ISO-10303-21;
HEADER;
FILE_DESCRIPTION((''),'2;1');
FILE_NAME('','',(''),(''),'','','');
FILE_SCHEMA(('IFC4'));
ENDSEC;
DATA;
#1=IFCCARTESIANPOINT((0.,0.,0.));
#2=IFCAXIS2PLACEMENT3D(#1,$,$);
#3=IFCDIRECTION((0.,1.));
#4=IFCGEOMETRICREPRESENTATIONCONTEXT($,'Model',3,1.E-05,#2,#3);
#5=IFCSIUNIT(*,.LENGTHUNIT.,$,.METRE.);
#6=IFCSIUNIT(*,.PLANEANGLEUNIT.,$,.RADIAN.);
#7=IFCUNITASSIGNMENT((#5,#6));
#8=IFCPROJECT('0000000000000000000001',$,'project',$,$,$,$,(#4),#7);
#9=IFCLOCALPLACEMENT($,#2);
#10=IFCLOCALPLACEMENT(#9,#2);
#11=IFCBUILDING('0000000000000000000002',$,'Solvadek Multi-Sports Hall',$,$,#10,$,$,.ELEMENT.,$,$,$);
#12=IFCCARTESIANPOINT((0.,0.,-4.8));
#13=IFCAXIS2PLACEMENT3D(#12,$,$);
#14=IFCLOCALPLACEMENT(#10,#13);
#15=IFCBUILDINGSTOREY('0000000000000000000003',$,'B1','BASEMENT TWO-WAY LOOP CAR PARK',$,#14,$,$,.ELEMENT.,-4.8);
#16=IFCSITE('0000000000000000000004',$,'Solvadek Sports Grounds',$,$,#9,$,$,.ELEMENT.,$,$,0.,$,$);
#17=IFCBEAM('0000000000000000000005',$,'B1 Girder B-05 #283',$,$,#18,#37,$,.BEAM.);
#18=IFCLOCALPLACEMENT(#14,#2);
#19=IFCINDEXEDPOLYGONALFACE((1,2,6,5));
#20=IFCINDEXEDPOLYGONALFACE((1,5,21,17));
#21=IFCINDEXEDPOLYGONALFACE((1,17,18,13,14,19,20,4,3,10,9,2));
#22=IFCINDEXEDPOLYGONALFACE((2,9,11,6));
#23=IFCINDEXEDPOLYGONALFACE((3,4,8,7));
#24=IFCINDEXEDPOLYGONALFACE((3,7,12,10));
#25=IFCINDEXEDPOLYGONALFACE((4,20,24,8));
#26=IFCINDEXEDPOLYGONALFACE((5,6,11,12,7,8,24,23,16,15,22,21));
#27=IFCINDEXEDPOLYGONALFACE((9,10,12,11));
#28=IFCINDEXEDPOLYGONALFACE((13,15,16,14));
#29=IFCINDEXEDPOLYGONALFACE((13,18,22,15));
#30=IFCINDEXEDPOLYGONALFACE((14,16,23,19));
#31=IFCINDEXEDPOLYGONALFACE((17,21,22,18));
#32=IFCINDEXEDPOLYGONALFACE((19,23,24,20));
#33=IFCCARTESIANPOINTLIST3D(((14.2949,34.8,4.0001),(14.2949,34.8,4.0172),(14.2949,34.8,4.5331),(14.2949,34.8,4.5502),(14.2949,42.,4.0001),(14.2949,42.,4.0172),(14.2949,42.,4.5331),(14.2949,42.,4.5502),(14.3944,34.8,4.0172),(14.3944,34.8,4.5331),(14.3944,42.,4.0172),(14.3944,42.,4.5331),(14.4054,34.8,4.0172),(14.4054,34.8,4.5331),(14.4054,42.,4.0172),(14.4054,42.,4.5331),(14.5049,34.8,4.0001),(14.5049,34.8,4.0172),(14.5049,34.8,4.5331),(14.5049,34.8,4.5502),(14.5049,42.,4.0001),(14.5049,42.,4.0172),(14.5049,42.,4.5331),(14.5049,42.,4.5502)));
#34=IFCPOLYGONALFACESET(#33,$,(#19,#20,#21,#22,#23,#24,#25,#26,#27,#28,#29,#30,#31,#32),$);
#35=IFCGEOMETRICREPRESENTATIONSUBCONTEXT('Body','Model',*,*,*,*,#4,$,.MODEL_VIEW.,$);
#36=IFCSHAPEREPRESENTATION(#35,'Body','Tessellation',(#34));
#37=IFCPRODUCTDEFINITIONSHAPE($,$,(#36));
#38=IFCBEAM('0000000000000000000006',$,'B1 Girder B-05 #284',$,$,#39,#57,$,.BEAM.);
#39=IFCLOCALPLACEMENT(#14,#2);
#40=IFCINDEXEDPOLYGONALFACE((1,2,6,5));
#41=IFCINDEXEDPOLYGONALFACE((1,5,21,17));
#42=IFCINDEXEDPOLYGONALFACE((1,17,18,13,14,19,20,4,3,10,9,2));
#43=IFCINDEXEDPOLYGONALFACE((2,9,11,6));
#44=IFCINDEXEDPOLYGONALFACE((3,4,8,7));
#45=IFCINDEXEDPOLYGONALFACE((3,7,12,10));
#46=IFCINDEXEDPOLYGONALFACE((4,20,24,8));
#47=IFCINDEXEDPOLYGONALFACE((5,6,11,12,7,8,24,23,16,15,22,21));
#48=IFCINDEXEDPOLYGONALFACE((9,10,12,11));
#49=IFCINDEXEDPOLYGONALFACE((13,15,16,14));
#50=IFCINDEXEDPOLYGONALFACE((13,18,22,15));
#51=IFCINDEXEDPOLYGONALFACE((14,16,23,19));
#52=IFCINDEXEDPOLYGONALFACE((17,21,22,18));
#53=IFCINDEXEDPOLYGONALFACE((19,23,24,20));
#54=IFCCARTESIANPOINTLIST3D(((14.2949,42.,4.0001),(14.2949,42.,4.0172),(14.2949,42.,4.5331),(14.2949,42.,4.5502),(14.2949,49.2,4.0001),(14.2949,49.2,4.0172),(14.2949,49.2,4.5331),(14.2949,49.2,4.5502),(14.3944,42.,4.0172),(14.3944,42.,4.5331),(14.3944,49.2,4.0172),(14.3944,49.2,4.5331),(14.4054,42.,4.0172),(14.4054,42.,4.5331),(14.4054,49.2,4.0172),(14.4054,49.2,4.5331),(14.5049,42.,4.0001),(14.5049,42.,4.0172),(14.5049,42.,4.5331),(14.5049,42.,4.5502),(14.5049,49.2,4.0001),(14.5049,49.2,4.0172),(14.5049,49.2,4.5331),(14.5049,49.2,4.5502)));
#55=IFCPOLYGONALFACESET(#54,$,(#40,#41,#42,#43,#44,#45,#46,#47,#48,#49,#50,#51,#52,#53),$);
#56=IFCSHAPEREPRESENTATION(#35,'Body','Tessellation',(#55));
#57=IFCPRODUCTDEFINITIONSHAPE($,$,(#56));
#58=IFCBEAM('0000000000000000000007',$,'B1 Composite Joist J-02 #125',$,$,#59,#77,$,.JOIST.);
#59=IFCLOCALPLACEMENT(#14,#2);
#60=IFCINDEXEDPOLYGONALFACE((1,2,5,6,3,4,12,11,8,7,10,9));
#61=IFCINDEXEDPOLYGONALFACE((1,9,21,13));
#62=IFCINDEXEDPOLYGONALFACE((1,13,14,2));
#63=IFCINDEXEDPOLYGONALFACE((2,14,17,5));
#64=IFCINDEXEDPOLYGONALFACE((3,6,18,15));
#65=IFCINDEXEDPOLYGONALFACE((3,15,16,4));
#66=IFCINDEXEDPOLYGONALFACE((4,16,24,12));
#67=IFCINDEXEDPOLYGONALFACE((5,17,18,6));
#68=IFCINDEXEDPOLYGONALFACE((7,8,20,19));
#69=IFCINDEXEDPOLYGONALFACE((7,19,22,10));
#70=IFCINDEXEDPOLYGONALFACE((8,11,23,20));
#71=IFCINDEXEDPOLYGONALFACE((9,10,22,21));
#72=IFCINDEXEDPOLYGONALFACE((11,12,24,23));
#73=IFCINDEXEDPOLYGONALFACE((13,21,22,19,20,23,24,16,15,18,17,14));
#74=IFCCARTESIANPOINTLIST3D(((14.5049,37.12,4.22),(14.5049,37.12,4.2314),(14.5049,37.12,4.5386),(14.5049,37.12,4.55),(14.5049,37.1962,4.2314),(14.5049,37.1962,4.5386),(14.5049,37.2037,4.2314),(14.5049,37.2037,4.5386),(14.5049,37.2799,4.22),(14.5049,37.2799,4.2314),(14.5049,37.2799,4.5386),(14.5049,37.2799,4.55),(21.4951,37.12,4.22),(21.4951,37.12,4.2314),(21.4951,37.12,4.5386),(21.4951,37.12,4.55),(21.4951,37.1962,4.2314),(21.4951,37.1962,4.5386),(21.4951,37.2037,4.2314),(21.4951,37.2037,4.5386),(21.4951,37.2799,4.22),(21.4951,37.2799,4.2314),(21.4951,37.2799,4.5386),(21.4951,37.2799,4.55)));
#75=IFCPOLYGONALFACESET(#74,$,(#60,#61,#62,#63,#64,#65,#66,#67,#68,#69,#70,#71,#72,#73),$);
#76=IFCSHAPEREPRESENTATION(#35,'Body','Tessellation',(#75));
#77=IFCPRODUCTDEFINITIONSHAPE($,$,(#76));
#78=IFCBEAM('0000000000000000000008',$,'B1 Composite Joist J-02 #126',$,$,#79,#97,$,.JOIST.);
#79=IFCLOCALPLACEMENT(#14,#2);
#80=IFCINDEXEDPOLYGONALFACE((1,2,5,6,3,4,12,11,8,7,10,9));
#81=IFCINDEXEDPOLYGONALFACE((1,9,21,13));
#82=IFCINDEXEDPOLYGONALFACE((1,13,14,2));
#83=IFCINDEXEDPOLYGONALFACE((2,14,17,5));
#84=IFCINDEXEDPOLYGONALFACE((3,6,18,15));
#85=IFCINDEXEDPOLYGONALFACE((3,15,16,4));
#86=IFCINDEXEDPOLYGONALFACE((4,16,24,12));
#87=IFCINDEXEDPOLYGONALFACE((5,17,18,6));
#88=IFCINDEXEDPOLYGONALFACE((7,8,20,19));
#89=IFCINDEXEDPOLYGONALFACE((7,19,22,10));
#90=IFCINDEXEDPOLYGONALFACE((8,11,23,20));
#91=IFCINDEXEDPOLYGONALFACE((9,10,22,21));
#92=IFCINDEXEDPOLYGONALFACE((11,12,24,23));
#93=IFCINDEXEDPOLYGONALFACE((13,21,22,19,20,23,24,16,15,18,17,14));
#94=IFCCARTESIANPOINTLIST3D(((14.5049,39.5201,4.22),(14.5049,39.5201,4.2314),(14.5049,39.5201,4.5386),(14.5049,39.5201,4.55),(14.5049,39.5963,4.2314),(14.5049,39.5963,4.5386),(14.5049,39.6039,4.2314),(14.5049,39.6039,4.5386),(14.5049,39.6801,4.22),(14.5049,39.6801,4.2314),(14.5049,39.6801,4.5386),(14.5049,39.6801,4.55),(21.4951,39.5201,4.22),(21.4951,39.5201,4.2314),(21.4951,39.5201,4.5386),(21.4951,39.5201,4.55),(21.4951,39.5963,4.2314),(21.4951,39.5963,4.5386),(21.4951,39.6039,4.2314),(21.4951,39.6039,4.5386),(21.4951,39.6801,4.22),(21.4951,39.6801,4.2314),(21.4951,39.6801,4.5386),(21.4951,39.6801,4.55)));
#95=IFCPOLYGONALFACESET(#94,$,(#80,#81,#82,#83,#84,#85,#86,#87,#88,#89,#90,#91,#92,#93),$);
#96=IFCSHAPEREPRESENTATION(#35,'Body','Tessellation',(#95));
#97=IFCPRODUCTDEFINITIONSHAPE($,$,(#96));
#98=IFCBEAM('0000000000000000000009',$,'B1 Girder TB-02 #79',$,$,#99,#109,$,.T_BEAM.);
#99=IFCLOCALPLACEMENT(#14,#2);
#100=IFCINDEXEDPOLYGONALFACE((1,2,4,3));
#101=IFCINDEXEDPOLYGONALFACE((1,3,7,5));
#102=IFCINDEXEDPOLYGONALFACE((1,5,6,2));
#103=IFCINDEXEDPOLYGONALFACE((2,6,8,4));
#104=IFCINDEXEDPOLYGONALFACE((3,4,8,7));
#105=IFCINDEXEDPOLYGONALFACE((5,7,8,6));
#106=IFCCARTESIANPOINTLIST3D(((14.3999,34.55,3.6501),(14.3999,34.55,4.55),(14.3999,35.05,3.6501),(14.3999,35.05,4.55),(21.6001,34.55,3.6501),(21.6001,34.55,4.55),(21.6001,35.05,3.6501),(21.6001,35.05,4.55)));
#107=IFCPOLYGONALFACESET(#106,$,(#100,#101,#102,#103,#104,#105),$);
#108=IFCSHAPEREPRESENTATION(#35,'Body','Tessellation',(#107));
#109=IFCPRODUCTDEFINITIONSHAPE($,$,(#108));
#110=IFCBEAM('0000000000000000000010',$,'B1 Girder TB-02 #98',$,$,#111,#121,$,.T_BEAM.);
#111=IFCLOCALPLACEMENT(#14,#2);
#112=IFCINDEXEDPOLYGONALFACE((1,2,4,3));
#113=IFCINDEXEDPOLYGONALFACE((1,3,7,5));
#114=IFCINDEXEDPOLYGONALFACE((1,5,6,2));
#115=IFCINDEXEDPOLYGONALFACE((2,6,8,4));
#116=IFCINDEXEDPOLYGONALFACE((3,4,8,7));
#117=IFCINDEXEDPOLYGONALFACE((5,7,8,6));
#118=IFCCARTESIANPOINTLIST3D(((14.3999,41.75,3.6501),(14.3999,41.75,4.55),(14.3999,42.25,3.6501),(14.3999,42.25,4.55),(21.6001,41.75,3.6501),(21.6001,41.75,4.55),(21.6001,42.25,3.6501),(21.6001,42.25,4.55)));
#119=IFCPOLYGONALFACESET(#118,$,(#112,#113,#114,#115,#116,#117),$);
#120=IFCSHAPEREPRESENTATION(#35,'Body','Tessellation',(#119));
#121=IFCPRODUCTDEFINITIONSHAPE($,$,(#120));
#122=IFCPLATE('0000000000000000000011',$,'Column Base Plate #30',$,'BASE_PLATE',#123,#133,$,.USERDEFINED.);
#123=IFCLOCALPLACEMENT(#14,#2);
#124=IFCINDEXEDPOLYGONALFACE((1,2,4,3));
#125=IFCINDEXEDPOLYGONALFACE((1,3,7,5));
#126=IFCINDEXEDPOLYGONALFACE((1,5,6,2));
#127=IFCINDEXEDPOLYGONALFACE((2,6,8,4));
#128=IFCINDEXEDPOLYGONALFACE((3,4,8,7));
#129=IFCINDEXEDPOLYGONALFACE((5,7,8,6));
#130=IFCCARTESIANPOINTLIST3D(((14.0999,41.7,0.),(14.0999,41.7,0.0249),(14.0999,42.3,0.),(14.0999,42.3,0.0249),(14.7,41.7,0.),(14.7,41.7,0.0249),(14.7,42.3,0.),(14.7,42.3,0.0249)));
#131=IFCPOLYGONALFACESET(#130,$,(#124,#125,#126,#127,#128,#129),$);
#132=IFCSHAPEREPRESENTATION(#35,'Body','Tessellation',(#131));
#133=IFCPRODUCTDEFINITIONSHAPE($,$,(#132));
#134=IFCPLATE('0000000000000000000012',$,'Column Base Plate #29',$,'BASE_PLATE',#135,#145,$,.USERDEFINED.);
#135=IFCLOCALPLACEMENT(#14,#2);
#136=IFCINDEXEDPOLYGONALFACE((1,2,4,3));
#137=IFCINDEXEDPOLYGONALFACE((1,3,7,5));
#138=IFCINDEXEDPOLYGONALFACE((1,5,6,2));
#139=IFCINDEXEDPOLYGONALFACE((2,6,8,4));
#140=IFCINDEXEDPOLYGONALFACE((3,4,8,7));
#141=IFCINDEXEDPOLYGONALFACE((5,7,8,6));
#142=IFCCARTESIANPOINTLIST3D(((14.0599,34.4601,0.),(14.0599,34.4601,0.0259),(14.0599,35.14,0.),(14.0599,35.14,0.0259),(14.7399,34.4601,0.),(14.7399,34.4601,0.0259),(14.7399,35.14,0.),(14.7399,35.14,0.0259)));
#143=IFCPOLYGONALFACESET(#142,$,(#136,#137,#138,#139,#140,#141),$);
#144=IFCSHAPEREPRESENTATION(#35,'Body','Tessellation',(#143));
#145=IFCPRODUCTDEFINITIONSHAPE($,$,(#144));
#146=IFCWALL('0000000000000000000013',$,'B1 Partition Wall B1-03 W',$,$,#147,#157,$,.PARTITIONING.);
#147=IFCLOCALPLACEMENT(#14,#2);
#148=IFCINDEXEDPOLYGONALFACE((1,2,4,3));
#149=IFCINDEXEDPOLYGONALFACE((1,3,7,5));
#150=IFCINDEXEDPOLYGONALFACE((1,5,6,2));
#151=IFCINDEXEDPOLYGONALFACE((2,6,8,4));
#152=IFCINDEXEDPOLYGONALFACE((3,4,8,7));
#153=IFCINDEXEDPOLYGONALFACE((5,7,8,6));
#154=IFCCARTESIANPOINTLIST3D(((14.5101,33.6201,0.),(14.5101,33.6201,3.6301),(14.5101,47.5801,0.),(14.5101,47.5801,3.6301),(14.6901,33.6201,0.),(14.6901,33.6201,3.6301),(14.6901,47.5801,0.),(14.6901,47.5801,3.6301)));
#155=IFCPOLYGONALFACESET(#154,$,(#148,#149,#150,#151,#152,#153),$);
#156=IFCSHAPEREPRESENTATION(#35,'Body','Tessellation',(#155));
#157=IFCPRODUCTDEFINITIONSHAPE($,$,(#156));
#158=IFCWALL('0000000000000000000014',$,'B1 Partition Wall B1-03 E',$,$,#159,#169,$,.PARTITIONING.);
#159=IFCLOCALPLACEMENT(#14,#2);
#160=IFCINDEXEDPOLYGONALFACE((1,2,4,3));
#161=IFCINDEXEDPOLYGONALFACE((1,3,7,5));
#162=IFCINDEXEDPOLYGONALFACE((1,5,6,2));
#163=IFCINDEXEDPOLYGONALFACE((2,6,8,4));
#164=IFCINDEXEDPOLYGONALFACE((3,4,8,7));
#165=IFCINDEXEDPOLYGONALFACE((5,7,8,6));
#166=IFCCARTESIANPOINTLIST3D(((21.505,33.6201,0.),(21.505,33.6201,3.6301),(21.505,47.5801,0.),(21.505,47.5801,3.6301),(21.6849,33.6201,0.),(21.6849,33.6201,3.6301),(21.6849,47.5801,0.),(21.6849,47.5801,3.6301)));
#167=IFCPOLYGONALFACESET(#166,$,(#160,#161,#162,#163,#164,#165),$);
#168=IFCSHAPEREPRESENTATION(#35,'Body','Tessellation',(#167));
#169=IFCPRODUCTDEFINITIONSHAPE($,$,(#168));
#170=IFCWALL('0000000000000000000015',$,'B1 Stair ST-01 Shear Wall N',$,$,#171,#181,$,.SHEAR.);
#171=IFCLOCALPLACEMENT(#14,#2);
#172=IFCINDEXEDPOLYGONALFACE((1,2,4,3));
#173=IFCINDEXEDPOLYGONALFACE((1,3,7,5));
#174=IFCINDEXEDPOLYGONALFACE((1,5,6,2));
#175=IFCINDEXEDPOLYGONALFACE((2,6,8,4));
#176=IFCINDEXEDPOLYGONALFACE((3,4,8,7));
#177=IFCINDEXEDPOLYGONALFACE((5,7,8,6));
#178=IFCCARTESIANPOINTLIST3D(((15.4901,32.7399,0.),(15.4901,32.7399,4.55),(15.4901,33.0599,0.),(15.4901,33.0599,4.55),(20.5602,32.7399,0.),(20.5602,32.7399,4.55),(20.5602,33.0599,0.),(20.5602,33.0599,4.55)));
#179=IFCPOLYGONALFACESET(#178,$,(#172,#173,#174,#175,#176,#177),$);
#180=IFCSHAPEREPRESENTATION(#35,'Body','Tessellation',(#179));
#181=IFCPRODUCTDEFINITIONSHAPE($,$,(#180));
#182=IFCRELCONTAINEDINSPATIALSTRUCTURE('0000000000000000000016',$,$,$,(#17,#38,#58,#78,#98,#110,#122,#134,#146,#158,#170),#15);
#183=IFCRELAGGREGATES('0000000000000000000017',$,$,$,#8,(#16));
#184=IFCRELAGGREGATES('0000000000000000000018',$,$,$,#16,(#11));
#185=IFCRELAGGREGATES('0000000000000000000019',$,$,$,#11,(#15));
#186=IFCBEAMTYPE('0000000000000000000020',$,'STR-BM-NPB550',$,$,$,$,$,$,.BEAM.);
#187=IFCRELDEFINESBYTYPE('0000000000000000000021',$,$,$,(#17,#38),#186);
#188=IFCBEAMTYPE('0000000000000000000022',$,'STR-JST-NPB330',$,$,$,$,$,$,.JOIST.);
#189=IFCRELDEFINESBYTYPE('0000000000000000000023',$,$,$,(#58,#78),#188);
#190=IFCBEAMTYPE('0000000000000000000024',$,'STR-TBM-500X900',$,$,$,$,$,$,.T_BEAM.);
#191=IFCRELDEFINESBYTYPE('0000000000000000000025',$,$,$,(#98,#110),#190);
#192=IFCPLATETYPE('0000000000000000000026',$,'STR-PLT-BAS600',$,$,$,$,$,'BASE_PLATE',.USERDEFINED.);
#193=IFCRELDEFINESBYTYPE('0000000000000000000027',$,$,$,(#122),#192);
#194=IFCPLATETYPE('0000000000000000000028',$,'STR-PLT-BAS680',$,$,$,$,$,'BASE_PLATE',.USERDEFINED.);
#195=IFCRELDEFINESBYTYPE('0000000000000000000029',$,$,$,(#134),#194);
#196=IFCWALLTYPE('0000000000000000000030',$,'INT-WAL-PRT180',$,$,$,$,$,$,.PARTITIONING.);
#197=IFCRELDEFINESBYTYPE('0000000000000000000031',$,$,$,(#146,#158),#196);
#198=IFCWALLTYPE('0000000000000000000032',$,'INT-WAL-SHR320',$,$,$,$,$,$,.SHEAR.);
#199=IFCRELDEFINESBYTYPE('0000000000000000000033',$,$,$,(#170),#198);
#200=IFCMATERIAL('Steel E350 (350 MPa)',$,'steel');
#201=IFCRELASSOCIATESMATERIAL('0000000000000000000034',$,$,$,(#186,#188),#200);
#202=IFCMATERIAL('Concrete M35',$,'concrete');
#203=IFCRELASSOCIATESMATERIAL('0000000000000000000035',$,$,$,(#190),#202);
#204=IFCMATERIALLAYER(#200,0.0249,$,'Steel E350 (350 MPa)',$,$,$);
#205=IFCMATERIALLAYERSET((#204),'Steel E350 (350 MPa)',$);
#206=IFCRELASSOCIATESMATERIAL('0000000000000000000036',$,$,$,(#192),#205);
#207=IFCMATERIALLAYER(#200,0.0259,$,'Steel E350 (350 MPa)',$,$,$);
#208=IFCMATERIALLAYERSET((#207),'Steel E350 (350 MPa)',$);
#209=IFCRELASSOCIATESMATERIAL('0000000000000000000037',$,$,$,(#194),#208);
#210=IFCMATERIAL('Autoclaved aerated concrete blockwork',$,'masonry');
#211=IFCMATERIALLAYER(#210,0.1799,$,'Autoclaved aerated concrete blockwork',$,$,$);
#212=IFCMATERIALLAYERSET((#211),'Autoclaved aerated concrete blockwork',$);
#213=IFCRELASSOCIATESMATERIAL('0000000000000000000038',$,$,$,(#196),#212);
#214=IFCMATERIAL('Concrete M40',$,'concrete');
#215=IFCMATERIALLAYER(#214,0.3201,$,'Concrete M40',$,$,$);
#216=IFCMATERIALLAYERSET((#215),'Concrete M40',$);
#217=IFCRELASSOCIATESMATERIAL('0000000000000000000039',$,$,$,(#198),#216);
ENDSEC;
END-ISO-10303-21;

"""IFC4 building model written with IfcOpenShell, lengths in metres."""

from ifc_helpers import new_model, si_unit, direction, frame, frame_2d, origin, origin_2d, place, context, subcontext, project, spatial, rectangle, i_section, extrude, material, layer, layer_set, material_profile, profile_set, type_object, element, save


model = new_model("IFC4")

# Units and contexts
model_context = context("Model", 3, precision=1e-05, world=origin(), true_north=direction((0.0, 1.0)))
body_context = subcontext(model_context, "Body", "Model", "MODEL_VIEW")
ifc_project = project(units=[si_unit("LENGTHUNIT", "METRE"), si_unit("PLANEANGLEUNIT", "RADIAN")], contexts=[model_context])

# Site, building, storey
site_placement = place(None, origin())
site = spatial("IfcSite", under=ifc_project, at=site_placement, Name="Solvadek Sports Grounds", CompositionType="ELEMENT", RefElevation=0.0)
building_placement = place(site_placement, origin())
building = spatial("IfcBuilding", under=site, at=building_placement, Name="Solvadek Multi-Sports Hall", CompositionType="ELEMENT")
storey_placement = place(building_placement, frame((0.0, 0.0, -4.8)))
storey = spatial("IfcBuildingStorey", under=building, at=storey_placement, Name="B1", Description="BASEMENT TWO-WAY LOOP CAR PARK", CompositionType="ELEMENT", Elevation=-4.8)

# Shared definitions
ifc_material_1 = material(Name="Concrete M40", Category="concrete")

# Shared definitions
ifc_material_2 = material(Name="Concrete M35", Category="concrete")

# Shared definitions
ifc_material_3 = material(Name="Steel E350 (350 MPa)", Category="steel")

# Beams
ifc_material_profile_1 = material_profile(ifc_material_3, i_section(OverallWidth=0.21, OverallDepth=0.55, WebThickness=0.011, FlangeThickness=0.0171, at=origin_2d()), Name="NPB 550")
ifc_profile_set_1 = profile_set([ifc_material_profile_1], Name="Steel E350 (350 MPa)")
beam_type_1 = type_object("IfcBeamType", Name="STR-BM-NPB550", PredefinedType="BEAM", material=ifc_profile_set_1)
for number, where, z_axis, x_axis, name in (
    (1, (14.3999, 34.8, 4.2751), (0.0, 1.0, 0.0), (-1.0, 0.0, 0.0), "B1 Girder B-05 #283"),
    (2, (14.3999, 42.0, 4.2751), (0.0, 1.0, 0.0), (-1.0, 0.0, 0.0), "B1 Girder B-05 #284"),
):
    element("IfcBeam", number, at=place(storey_placement, frame(where, z_axis=z_axis, x_axis=x_axis)), inside=storey, type_object=beam_type_1, Name=name, PredefinedType="BEAM", context=body_context, shape_type="SweptSolid", body=[
        extrude(i_section(OverallWidth=0.21, OverallDepth=0.55, WebThickness=0.011, FlangeThickness=0.0171, at=origin_2d()), origin(), (0.0, 0.0, 1.0), 7.2),
    ])
ifc_material_profile_2 = material_profile(ifc_material_3, i_section(OverallWidth=0.1599, OverallDepth=0.3301, WebThickness=0.0076, FlangeThickness=0.0115, at=origin_2d()), Name="NPB 330")
ifc_profile_set_2 = profile_set([ifc_material_profile_2], Name="Steel E350 (350 MPa)")
beam_type_2 = type_object("IfcBeamType", Name="STR-JST-NPB330", PredefinedType="JOIST", material=ifc_profile_set_2)
for number, where, z_axis, x_axis, name in (
    (3, (14.5049, 37.2, 4.385), (1.0, 0.0, 0.0), (0.0, 1.0, 0.0), "B1 Composite Joist J-02 #125"),
    (4, (14.5049, 39.6001, 4.385), (1.0, 0.0, 0.0), (0.0, 1.0, 0.0), "B1 Composite Joist J-02 #126"),
):
    element("IfcBeam", number, at=place(storey_placement, frame(where, z_axis=z_axis, x_axis=x_axis)), inside=storey, type_object=beam_type_2, Name=name, PredefinedType="JOIST", context=body_context, shape_type="SweptSolid", body=[
        extrude(i_section(OverallWidth=0.1599, OverallDepth=0.3301, WebThickness=0.0076, FlangeThickness=0.0115, at=origin_2d()), origin(), (0.0, 0.0, 1.0), 6.9902),
    ])
ifc_material_profile_3 = material_profile(ifc_material_2, rectangle(XDim=0.5, YDim=0.8999, at=origin_2d()), Name="RC T-BEAM 500x900")
ifc_profile_set_3 = profile_set([ifc_material_profile_3], Name="Concrete M35")
beam_type_3 = type_object("IfcBeamType", Name="STR-TBM-500X900", PredefinedType="T_BEAM", material=ifc_profile_set_3)
for number, where, z_axis, x_axis, name in (
    (5, (14.3999, 34.8, 4.1001), (1.0, 0.0, 0.0), (0.0, 1.0, 0.0), "B1 Girder TB-02 #79"),
    (6, (14.3999, 42.0, 4.1001), (1.0, 0.0, 0.0), (0.0, 1.0, 0.0), "B1 Girder TB-02 #98"),
):
    element("IfcBeam", number, at=place(storey_placement, frame(where, z_axis=z_axis, x_axis=x_axis)), inside=storey, type_object=beam_type_3, Name=name, PredefinedType="T_BEAM", context=body_context, shape_type="SweptSolid", body=[
        extrude(rectangle(XDim=0.5, YDim=0.8999, at=origin_2d()), origin(), (0.0, 0.0, 1.0), 7.2002),
    ])

# Plates
ifc_layer_1 = layer(ifc_material_3, 0.0249, Name="Steel E350 (350 MPa)")
ifc_layer_set_1 = layer_set([ifc_layer_1], Name="Steel E350 (350 MPa)")
plate_type_1 = type_object("IfcPlateType", Name="STR-PLT-BAS600", ElementType="BASE_PLATE", PredefinedType="USERDEFINED", material=ifc_layer_set_1)
plate_1_placement = place(storey_placement, frame((14.3999, 42.0, 0.0), z_axis=(0.0, 0.0, 1.0), x_axis=(1.0, 0.0, 0.0)))
element("IfcPlate", 7, at=plate_1_placement, inside=storey, type_object=plate_type_1, Name="Column Base Plate #30", ObjectType="BASE_PLATE", PredefinedType="USERDEFINED", context=body_context, shape_type="SweptSolid", body=[
    extrude(rectangle(XDim=0.6001, YDim=0.6001, at=origin_2d()), origin(), (0.0, 0.0, 1.0), 0.0249),
])
ifc_layer_2 = layer(ifc_material_3, 0.0259, Name="Steel E350 (350 MPa)")
ifc_layer_set_2 = layer_set([ifc_layer_2], Name="Steel E350 (350 MPa)")
plate_type_2 = type_object("IfcPlateType", Name="STR-PLT-BAS680", ElementType="BASE_PLATE", PredefinedType="USERDEFINED", material=ifc_layer_set_2)
plate_2_placement = place(storey_placement, frame((14.3999, 34.8, 0.0), z_axis=(0.0, 0.0, 1.0), x_axis=(1.0, 0.0, 0.0)))
element("IfcPlate", 8, at=plate_2_placement, inside=storey, type_object=plate_type_2, Name="Column Base Plate #29", ObjectType="BASE_PLATE", PredefinedType="USERDEFINED", context=body_context, shape_type="SweptSolid", body=[
    extrude(rectangle(XDim=0.6799, YDim=0.6799, at=origin_2d()), origin(), (0.0, 0.0, 1.0), 0.0259),
])

# Walls
ifc_material_4 = material(Name="Autoclaved aerated concrete blockwork", Category="masonry")
ifc_layer_3 = layer(ifc_material_4, 0.1799, Name="Autoclaved aerated concrete blockwork")
ifc_layer_set_3 = layer_set([ifc_layer_3], Name="Autoclaved aerated concrete blockwork")
wall_type_1 = type_object("IfcWallType", Name="INT-WAL-PRT180", PredefinedType="PARTITIONING", material=ifc_layer_set_3)
for number, where, z_axis, x_axis, name in (
    (9, (14.6001, 33.6201, 0.0), (0.0, 0.0, 1.0), (0.0, 1.0, 0.0), "B1 Partition Wall B1-03 W"),
    (10, (21.595, 33.6201, 0.0), (0.0, 0.0, 1.0), (0.0, 1.0, 0.0), "B1 Partition Wall B1-03 E"),
):
    element("IfcWall", number, at=place(storey_placement, frame(where, z_axis=z_axis, x_axis=x_axis)), inside=storey, type_object=wall_type_1, Name=name, PredefinedType="PARTITIONING", context=body_context, shape_type="SweptSolid", body=[
        extrude(rectangle(XDim=13.96, YDim=0.1799, at=frame_2d((6.98, 0.0))), origin(), (0.0, 0.0, 1.0), 3.6301),
    ])
ifc_layer_4 = layer(ifc_material_1, 0.3201, Name="Concrete M40")
ifc_layer_set_4 = layer_set([ifc_layer_4], Name="Concrete M40")
wall_type_2 = type_object("IfcWallType", Name="INT-WAL-SHR320", PredefinedType="SHEAR", material=ifc_layer_set_4)
wall_placement = place(storey_placement, frame((15.49, 32.8999, 0.0), z_axis=(0.0, 0.0, 1.0), x_axis=(1.0, 0.0, 0.0)))
element("IfcWall", 11, at=wall_placement, inside=storey, type_object=wall_type_2, Name="B1 Stair ST-01 Shear Wall N", PredefinedType="SHEAR", context=body_context, shape_type="SweptSolid", body=[
    extrude(rectangle(XDim=5.0701, YDim=0.3201, at=frame_2d((2.5352, 0.0))), origin(), (0.0, 0.0, 1.0), 4.55),
])

save(model, "model.ifc")
